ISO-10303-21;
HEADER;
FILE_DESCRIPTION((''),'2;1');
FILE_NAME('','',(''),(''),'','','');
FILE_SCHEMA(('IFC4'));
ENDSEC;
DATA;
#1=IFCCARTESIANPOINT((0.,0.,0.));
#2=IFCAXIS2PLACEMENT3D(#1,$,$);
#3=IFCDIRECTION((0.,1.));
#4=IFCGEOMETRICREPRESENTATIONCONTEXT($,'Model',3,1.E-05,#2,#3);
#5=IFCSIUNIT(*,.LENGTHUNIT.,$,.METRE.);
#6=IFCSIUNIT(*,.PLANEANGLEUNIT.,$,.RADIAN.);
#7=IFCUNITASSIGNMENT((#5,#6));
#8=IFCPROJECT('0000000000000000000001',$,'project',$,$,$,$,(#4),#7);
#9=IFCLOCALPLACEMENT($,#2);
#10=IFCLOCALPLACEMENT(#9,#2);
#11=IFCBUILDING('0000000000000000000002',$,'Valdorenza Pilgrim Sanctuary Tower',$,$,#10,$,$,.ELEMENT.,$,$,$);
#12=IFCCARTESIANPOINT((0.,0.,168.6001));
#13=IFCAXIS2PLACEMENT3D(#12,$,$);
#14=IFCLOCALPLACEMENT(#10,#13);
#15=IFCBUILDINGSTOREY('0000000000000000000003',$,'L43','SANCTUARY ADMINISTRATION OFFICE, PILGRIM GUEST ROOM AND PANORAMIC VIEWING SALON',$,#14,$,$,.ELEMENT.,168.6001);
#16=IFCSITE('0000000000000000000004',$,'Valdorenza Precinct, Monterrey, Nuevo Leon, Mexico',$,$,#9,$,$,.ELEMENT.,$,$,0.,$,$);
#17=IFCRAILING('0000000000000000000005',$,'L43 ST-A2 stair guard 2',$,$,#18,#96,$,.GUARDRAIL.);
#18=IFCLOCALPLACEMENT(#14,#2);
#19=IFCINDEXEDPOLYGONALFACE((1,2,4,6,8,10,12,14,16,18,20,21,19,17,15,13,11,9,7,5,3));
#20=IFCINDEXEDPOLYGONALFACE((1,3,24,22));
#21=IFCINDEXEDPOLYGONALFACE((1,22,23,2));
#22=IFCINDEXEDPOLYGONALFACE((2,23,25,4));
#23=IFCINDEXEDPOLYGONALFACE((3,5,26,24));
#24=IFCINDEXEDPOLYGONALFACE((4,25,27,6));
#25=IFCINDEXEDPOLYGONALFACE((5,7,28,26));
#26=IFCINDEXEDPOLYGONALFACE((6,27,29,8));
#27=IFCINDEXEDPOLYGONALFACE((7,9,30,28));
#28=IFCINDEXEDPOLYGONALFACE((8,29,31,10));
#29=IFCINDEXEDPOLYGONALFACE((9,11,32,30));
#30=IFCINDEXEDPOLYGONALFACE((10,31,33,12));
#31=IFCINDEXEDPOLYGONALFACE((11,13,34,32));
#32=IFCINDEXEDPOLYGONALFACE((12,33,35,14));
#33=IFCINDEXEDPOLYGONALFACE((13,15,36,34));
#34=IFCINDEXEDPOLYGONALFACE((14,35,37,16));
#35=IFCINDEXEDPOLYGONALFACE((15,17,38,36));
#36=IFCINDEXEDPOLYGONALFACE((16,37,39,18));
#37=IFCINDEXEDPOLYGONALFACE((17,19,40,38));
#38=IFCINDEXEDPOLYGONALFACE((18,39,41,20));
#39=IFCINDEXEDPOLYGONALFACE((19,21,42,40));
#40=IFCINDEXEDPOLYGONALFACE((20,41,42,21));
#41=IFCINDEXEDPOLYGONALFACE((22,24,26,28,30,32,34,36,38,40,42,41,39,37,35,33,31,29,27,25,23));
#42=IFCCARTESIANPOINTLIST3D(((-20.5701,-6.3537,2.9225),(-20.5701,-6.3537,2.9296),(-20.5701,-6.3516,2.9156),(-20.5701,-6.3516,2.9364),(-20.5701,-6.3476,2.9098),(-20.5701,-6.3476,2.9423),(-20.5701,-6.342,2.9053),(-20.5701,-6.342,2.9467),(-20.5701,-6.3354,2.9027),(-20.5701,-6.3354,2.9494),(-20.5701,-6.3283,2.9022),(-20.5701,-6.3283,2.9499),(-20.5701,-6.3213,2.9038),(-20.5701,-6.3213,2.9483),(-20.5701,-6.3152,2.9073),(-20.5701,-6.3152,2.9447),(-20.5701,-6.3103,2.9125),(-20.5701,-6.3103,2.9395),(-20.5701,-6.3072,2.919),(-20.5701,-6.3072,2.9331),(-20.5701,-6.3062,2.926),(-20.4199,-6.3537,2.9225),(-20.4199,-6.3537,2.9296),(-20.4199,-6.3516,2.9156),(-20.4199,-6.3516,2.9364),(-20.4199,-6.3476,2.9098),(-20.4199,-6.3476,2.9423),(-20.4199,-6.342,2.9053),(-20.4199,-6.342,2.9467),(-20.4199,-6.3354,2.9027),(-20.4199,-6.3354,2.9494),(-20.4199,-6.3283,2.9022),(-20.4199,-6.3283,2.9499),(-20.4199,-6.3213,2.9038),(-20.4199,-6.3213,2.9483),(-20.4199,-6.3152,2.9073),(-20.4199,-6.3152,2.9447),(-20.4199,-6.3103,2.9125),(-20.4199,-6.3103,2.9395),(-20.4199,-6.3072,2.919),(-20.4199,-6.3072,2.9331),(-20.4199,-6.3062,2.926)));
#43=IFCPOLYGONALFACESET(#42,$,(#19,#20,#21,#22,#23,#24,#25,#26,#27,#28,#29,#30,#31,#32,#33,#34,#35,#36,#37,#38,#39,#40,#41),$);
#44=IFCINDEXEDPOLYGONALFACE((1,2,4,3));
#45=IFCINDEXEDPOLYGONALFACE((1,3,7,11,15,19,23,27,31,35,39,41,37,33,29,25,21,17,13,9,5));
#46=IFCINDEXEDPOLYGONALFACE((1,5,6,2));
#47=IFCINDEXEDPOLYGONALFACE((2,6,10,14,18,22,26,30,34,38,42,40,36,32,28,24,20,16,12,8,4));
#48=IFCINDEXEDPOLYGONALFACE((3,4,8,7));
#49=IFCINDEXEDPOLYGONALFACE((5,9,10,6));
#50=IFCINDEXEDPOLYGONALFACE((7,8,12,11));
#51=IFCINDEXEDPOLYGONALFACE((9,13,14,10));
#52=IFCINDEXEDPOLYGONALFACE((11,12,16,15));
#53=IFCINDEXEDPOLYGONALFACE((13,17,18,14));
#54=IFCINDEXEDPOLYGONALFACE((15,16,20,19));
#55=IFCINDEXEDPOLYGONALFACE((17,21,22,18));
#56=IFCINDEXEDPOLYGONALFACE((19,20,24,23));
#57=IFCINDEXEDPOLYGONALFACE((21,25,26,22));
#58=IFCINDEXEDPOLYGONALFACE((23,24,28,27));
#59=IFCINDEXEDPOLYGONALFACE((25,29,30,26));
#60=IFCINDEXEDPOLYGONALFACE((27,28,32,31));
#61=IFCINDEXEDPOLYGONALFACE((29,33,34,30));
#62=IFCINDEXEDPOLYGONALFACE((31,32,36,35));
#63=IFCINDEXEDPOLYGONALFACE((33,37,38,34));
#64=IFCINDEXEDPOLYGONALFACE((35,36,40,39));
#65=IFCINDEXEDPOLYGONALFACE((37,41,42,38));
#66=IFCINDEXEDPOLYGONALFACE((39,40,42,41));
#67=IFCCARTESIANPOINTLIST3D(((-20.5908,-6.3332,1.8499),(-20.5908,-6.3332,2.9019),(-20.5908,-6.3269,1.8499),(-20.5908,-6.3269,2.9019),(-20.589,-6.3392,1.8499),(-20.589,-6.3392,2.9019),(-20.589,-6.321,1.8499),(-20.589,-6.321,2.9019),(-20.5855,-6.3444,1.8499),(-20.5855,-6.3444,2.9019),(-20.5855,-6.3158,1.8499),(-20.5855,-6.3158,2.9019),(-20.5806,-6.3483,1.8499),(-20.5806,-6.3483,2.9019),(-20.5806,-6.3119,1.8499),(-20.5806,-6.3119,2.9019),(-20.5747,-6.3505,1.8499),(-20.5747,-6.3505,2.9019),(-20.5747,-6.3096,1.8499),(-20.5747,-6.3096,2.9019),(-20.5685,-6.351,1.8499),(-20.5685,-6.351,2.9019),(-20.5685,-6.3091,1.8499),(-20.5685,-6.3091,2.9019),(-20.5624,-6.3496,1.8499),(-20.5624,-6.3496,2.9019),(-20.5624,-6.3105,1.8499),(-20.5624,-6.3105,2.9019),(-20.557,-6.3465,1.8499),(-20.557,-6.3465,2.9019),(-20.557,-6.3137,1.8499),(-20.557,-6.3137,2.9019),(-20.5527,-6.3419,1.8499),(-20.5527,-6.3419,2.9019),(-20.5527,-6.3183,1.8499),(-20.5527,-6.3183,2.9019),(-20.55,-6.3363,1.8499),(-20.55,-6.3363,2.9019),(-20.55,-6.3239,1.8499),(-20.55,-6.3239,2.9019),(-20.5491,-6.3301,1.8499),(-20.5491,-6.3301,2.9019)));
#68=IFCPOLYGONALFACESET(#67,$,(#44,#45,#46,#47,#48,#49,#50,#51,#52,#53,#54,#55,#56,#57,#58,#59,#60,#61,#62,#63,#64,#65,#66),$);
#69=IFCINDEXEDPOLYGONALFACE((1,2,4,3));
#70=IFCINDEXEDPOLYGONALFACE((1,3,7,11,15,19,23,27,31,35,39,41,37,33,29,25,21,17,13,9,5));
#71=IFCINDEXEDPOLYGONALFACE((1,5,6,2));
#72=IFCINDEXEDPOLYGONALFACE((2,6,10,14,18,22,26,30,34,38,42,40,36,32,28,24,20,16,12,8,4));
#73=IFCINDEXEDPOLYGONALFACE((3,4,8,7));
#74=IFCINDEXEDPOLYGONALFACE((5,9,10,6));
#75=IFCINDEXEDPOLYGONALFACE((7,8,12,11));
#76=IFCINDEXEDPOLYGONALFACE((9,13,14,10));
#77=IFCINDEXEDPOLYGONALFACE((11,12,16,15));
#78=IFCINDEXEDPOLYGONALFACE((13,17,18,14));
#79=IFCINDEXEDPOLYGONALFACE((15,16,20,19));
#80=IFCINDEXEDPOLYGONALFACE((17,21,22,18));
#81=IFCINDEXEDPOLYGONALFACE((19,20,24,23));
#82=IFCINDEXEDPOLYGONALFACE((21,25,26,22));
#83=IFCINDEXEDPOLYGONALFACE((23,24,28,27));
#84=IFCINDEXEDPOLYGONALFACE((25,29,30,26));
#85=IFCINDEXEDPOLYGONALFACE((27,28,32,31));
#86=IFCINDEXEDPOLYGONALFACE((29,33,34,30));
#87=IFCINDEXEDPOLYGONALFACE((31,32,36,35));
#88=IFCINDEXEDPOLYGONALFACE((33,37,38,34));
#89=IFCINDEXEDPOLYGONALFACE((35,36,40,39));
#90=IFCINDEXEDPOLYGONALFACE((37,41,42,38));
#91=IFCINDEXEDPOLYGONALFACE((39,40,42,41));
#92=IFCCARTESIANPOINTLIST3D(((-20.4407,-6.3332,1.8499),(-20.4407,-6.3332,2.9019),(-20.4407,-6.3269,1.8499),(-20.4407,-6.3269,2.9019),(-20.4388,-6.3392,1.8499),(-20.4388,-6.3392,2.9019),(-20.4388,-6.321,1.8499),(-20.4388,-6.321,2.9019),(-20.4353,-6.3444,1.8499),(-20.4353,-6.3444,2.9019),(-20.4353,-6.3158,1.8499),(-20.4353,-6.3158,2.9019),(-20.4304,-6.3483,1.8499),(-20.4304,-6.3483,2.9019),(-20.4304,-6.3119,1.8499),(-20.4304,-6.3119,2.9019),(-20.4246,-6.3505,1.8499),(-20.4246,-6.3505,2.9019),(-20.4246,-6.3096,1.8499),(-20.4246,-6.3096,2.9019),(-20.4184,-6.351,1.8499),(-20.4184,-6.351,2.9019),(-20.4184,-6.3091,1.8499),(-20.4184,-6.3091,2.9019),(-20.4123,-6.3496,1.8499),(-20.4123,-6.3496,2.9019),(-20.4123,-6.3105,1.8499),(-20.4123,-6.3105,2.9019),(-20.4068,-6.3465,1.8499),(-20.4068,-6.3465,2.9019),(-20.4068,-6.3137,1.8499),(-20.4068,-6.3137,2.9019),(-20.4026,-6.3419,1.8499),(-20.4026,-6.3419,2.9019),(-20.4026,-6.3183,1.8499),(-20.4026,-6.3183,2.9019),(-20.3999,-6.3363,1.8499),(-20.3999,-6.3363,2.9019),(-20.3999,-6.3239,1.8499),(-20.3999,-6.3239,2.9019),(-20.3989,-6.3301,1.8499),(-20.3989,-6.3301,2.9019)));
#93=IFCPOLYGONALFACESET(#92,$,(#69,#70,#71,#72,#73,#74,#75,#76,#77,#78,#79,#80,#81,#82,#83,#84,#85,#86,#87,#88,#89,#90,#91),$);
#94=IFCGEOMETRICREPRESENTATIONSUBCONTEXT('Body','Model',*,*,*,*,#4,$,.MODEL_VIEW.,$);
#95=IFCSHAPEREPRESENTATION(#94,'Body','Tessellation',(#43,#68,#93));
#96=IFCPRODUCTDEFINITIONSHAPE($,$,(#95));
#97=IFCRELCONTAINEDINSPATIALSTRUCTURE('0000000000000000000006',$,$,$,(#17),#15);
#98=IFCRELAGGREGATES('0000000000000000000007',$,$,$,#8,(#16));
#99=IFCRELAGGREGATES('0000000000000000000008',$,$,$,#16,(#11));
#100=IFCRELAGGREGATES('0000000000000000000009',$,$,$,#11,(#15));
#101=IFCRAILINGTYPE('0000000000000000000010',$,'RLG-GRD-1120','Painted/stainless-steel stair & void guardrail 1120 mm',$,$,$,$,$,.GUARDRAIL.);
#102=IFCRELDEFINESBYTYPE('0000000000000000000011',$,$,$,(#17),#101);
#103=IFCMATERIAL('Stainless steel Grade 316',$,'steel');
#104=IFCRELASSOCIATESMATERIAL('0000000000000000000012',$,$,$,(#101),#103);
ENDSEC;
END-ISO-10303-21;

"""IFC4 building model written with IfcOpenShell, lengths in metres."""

from ifc_helpers import new_model, si_unit, direction, frame, origin, origin_2d, place, context, subcontext, project, spatial, circle, extrude, material, type_object, element, save


model = new_model("IFC4")

# Units and contexts
model_context = context("Model", 3, precision=1e-05, world=origin(), true_north=direction((0.0, 1.0)))
body_context = subcontext(model_context, "Body", "Model", "MODEL_VIEW")
ifc_project = project(units=[si_unit("LENGTHUNIT", "METRE"), si_unit("PLANEANGLEUNIT", "RADIAN")], contexts=[model_context])

# Site, building, storey
site_placement = place(None, origin())
site = spatial("IfcSite", under=ifc_project, at=site_placement, Name="Valdorenza Precinct, Monterrey, Nuevo Leon, Mexico", CompositionType="ELEMENT", RefElevation=0.0)
building_placement = place(site_placement, origin())
building = spatial("IfcBuilding", under=site, at=building_placement, Name="Valdorenza Pilgrim Sanctuary Tower", CompositionType="ELEMENT")
storey_placement = place(building_placement, frame((0.0, 0.0, 168.6001)))
storey = spatial("IfcBuildingStorey", under=building, at=storey_placement, Name="L43", Description="SANCTUARY ADMINISTRATION OFFICE, PILGRIM GUEST ROOM AND PANORAMIC VIEWING SALON", CompositionType="ELEMENT", Elevation=168.6001)

# Railing
ifc_material_1 = material(Name="Stainless steel Grade 316", Category="steel")
railing_type_1 = type_object("IfcRailingType", Name="RLG-GRD-1120", Description="Painted/stainless-steel stair & void guardrail 1120 mm", PredefinedType="GUARDRAIL", material=ifc_material_1)
railing_1_placement = place(storey_placement, frame((-20.5701, -6.3301, 1.8499)))
element("IfcRailing", 1, at=railing_1_placement, inside=storey, type_object=railing_type_1, Name="L43 ST-A2 stair guard 2", PredefinedType="GUARDRAIL", context=body_context, shape_type="SweptSolid", body=[
    extrude(circle(Radius=0.0239, at=origin_2d()), frame((0.0, 0.0, 1.0762), z_axis=(1.0, 0.0, 0.0), x_axis=(0.0, 1.0, 0.0)), (0.0, 0.0, 1.0), 0.1501),
    extrude(circle(Radius=0.021, at=origin_2d()), origin(), (0.0, 0.0, 1.0), 1.052),
    extrude(circle(Radius=0.021, at=origin_2d()), frame((0.1501, 0.0, 0.0)), (0.0, 0.0, 1.0), 1.052),
])

save(model, "model.ifc")
